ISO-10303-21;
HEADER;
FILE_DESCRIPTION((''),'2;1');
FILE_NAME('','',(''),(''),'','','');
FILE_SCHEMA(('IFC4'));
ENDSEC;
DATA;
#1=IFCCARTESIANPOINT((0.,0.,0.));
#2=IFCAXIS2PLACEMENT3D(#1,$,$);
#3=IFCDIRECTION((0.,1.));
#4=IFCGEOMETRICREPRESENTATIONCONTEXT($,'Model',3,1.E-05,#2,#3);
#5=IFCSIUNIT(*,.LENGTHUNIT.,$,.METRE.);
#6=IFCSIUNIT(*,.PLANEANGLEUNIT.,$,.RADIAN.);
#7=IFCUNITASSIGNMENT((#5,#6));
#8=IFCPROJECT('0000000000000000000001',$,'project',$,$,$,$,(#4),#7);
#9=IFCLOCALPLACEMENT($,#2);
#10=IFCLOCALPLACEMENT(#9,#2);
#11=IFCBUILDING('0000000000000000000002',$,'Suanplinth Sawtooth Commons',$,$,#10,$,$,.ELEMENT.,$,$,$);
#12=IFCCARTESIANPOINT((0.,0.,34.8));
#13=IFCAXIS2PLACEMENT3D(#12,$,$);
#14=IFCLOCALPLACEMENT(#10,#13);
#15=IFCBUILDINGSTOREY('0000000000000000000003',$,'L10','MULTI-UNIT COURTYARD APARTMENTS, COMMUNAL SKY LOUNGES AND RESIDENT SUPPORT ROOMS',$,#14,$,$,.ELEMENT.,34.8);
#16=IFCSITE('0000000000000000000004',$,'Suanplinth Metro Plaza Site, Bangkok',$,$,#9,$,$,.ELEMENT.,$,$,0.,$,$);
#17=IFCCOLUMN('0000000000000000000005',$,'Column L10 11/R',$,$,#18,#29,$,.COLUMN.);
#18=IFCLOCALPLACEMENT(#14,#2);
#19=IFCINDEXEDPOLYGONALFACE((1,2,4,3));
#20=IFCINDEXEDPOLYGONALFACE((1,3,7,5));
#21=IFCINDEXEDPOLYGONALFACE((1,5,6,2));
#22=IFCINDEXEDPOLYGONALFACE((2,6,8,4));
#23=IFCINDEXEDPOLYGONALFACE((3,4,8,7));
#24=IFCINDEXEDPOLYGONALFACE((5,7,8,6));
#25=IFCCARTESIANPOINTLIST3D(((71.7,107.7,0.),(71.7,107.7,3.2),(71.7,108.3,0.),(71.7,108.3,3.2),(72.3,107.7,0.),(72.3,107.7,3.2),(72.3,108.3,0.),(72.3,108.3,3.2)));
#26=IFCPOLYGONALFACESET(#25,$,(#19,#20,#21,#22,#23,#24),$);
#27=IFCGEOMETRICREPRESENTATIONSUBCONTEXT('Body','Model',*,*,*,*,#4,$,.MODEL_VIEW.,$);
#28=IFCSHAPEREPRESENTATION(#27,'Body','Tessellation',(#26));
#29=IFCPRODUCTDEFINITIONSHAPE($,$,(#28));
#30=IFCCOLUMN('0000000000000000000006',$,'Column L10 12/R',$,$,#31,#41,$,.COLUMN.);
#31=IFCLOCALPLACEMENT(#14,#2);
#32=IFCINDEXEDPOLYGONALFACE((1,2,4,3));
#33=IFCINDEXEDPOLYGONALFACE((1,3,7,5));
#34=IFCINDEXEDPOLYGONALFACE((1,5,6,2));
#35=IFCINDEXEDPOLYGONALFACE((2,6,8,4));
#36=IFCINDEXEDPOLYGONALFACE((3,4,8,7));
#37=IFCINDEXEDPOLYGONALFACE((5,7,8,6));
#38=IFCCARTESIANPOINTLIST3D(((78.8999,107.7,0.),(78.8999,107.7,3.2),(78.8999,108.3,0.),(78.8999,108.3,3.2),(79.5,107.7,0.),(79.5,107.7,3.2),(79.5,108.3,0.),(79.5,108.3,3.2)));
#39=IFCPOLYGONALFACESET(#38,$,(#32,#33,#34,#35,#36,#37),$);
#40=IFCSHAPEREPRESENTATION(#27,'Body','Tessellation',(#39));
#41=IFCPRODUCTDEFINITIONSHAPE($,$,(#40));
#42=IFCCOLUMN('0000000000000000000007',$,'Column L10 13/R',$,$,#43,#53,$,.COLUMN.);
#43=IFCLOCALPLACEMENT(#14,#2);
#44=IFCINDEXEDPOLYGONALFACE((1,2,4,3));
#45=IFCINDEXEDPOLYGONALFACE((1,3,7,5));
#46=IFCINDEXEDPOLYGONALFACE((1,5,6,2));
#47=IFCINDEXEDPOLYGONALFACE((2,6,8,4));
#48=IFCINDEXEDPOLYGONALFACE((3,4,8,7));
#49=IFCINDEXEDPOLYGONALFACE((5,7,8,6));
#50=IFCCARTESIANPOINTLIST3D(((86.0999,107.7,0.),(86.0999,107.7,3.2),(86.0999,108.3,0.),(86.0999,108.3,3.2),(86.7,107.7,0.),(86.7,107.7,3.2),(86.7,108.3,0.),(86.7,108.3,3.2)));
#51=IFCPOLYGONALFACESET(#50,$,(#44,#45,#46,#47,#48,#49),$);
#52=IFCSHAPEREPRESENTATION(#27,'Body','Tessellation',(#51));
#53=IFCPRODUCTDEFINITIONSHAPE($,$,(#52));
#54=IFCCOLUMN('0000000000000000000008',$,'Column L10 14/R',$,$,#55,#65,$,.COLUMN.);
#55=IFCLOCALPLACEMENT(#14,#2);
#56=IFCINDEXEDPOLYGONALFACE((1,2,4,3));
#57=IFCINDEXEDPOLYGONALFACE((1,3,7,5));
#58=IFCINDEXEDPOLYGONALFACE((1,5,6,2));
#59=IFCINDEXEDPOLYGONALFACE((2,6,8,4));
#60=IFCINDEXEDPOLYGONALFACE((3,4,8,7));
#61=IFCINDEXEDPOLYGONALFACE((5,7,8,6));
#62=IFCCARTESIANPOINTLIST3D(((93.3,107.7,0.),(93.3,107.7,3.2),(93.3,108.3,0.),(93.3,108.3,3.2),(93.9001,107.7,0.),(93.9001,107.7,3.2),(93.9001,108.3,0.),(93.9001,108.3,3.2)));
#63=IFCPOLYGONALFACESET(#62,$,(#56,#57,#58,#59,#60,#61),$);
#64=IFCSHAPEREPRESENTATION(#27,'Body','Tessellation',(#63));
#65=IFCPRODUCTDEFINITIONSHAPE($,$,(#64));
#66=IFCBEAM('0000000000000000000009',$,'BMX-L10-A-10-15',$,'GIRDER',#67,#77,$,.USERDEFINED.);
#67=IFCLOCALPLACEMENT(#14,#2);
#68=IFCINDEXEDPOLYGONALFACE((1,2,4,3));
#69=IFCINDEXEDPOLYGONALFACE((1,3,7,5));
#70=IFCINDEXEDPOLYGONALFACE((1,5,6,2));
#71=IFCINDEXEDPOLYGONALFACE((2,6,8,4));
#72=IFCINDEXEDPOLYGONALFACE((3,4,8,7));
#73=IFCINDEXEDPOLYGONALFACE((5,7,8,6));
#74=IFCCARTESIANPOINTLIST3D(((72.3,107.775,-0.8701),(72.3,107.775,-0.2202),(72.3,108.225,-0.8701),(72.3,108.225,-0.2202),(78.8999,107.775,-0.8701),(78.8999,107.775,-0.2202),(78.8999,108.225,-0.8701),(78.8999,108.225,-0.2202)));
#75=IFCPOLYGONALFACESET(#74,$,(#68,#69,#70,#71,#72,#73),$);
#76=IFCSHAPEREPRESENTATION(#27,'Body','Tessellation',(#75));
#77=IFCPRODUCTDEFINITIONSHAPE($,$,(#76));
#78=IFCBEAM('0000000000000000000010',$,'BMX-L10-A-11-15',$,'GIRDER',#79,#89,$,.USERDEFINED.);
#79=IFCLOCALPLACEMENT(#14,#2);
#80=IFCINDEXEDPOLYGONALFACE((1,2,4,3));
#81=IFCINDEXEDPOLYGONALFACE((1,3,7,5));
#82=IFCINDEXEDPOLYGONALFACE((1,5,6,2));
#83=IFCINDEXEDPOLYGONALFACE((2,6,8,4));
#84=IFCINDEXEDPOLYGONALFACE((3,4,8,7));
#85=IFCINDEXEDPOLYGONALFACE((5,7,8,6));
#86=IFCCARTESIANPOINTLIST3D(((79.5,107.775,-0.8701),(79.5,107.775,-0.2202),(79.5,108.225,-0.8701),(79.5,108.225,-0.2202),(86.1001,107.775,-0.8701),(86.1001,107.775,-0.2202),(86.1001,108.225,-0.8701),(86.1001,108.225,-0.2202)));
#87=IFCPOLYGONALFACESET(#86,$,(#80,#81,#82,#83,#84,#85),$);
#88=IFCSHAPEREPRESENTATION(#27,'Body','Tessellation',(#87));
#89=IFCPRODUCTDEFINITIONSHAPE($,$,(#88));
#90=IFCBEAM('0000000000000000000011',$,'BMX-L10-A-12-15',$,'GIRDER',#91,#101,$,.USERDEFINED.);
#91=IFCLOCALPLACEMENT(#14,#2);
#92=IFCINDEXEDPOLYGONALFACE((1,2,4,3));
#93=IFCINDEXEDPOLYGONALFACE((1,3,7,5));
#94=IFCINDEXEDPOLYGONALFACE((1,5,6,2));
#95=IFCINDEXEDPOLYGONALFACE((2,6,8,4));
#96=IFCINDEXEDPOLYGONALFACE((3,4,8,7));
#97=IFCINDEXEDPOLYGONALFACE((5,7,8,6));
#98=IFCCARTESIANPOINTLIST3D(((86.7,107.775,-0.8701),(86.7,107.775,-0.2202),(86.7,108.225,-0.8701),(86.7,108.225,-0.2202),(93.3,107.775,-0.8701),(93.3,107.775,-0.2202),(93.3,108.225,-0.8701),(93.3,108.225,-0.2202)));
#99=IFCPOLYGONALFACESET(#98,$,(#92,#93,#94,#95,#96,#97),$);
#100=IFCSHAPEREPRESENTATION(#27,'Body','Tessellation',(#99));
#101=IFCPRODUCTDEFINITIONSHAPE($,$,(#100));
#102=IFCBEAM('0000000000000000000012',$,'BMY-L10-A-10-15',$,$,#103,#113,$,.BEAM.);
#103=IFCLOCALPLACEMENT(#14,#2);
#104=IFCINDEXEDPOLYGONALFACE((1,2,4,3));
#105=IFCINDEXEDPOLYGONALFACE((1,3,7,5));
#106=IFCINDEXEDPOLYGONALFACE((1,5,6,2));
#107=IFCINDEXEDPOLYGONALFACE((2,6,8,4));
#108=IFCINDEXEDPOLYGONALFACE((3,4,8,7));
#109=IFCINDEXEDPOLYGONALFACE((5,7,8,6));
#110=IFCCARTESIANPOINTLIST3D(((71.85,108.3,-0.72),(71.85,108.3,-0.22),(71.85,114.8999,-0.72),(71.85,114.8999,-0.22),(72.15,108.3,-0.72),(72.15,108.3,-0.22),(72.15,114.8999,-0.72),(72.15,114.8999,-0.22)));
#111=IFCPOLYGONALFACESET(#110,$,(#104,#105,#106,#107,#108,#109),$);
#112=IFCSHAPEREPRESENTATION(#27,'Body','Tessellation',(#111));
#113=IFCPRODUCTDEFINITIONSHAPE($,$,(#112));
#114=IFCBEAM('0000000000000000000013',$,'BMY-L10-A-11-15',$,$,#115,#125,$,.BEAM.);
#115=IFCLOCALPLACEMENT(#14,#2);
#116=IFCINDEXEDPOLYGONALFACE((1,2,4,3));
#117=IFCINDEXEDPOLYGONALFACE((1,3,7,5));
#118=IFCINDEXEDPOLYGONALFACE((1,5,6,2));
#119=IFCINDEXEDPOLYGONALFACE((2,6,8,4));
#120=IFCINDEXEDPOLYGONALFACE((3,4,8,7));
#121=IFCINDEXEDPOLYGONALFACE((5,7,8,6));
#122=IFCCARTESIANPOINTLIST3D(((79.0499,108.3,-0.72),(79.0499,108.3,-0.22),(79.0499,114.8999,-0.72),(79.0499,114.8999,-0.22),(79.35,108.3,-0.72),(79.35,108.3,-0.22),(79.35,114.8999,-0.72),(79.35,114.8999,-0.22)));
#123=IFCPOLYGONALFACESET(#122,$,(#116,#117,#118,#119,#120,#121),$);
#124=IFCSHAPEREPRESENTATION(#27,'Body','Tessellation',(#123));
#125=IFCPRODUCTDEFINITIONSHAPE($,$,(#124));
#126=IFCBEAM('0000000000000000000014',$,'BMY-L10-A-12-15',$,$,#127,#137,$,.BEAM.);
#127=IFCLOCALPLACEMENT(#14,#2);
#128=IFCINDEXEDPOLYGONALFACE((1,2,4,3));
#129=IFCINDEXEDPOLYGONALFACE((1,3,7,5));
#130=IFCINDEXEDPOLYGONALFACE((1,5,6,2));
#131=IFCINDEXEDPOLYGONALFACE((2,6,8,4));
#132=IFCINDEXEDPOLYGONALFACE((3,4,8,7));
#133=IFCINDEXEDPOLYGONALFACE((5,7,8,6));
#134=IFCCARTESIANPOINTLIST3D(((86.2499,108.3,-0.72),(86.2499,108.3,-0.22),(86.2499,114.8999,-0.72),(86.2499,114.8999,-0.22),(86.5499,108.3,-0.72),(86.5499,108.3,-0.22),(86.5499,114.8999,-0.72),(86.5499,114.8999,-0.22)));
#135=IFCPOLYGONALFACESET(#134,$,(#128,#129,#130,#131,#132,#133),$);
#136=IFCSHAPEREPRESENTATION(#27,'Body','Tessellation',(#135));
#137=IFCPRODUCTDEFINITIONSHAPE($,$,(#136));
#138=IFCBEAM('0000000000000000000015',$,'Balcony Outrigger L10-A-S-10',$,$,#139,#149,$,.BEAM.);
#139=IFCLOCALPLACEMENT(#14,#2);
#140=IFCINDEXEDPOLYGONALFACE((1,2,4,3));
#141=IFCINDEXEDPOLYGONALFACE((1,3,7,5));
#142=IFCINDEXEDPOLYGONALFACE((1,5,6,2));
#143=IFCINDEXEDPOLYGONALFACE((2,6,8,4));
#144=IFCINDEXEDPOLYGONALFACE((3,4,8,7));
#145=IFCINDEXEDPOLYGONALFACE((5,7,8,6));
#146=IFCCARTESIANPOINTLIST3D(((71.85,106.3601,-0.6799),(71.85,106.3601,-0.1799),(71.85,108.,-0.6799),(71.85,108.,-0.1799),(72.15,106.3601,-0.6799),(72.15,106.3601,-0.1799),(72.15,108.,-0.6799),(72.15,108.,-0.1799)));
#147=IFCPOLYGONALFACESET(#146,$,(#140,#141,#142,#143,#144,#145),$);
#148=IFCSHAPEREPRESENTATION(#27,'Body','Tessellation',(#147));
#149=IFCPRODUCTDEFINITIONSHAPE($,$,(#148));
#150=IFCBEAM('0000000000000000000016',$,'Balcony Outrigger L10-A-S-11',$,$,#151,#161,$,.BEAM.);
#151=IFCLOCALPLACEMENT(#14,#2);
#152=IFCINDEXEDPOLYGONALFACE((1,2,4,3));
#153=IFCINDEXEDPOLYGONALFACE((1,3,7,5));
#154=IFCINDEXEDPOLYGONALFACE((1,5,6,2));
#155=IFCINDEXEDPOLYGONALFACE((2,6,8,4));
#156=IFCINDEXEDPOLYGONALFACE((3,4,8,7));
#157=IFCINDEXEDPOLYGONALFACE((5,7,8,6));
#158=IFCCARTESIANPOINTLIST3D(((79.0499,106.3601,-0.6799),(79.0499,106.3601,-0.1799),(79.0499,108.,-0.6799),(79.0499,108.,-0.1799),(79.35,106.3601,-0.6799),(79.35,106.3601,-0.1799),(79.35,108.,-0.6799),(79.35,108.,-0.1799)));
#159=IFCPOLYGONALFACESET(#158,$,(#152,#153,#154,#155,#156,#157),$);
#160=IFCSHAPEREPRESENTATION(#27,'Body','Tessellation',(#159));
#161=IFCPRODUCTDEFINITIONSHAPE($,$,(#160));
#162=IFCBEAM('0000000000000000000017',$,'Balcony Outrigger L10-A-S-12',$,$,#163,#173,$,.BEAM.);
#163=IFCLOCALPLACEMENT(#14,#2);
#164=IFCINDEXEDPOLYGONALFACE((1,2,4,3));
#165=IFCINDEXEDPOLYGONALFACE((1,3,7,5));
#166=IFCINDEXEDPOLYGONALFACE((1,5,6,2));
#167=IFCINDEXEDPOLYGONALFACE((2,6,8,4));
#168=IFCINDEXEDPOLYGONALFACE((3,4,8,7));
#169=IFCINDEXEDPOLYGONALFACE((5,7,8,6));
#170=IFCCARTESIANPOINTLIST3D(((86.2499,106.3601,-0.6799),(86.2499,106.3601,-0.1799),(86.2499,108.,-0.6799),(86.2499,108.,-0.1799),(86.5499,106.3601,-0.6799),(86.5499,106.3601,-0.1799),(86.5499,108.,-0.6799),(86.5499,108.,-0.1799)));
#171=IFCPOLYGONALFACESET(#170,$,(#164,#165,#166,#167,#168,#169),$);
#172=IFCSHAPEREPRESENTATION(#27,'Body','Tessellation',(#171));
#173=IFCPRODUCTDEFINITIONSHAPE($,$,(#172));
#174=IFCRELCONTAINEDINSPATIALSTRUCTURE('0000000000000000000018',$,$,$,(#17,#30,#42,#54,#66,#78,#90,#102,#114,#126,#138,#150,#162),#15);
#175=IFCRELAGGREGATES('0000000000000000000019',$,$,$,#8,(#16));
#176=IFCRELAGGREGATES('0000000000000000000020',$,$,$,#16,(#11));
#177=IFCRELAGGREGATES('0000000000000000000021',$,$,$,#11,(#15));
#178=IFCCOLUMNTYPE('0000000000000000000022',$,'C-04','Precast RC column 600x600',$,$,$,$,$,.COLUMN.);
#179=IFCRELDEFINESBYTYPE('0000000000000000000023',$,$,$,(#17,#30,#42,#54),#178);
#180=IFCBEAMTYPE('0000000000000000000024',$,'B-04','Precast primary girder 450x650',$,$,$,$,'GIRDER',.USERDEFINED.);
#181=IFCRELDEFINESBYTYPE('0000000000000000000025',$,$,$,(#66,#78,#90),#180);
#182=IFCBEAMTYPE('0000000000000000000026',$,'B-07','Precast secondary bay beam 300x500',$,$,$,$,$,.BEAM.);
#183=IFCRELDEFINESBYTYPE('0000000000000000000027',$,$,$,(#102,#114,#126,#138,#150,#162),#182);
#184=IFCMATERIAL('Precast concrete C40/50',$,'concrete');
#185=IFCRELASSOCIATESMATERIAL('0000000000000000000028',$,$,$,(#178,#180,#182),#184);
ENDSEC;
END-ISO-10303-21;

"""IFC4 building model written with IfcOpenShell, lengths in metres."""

from ifc_helpers import new_model, si_unit, direction, frame, origin, origin_2d, place, context, subcontext, project, spatial, rectangle, extrude, material, material_profile, profile_set, type_object, element, save


model = new_model("IFC4")

# Units and contexts
model_context = context("Model", 3, precision=1e-05, world=origin(), true_north=direction((0.0, 1.0)))
body_context = subcontext(model_context, "Body", "Model", "MODEL_VIEW")
ifc_project = project(units=[si_unit("LENGTHUNIT", "METRE"), si_unit("PLANEANGLEUNIT", "RADIAN")], contexts=[model_context])

# Site, building, storey
site_placement = place(None, origin())
site = spatial("IfcSite", under=ifc_project, at=site_placement, Name="Suanplinth Metro Plaza Site, Bangkok", CompositionType="ELEMENT", RefElevation=0.0)
building_placement = place(site_placement, origin())
building = spatial("IfcBuilding", under=site, at=building_placement, Name="Suanplinth Sawtooth Commons", CompositionType="ELEMENT")
storey_placement = place(building_placement, frame((0.0, 0.0, 34.8)))
storey = spatial("IfcBuildingStorey", under=building, at=storey_placement, Name="L10", Description="MULTI-UNIT COURTYARD APARTMENTS, COMMUNAL SKY LOUNGES AND RESIDENT SUPPORT ROOMS", CompositionType="ELEMENT", Elevation=34.8)

# Columns
ifc_material_1 = material(Name="Precast concrete C40/50", Category="concrete")
ifc_material_profile_1 = material_profile(ifc_material_1, rectangle(XDim=0.6001, YDim=0.6001, at=origin_2d()), Name="PC-COL 600x600")
ifc_profile_set_1 = profile_set([ifc_material_profile_1], Name="Precast concrete C40/50")
column_type = type_object("IfcColumnType", Name="C-04", Description="Precast RC column 600x600", PredefinedType="COLUMN", material=ifc_profile_set_1)
for number, where, z_axis, x_axis, name in (
    (1, (72.0, 108.0, 0.0), (0.0, 0.0, 1.0), (1.0, 0.0, 0.0), "Column L10 11/R"),
    (2, (79.2, 108.0, 0.0), (0.0, 0.0, 1.0), (1.0, 0.0, 0.0), "Column L10 12/R"),
    (3, (86.3999, 108.0, 0.0), (0.0, 0.0, 1.0), (1.0, 0.0, 0.0), "Column L10 13/R"),
    (4, (93.6001, 108.0, 0.0), (0.0, 0.0, 1.0), (1.0, 0.0, 0.0), "Column L10 14/R"),
):
    element("IfcColumn", number, at=place(storey_placement, frame(where, z_axis=z_axis, x_axis=x_axis)), inside=storey, type_object=column_type, Name=name, PredefinedType="COLUMN", context=body_context, shape_type="SweptSolid", body=[
        extrude(rectangle(XDim=0.6001, YDim=0.6001, at=origin_2d()), origin(), (0.0, 0.0, 1.0), 3.2),
    ])

# Beams
ifc_material_profile_2 = material_profile(ifc_material_1, rectangle(XDim=0.45, YDim=0.6499, at=origin_2d()), Name="PC-GDR 450x650")
ifc_profile_set_2 = profile_set([ifc_material_profile_2], Name="Precast concrete C40/50")
beam_type_1 = type_object("IfcBeamType", Name="B-04", Description="Precast primary girder 450x650", ElementType="GIRDER", PredefinedType="USERDEFINED", material=ifc_profile_set_2)
beam_placement = place(storey_placement, frame((72.3, 108.0, -0.5452), z_axis=(1.0, 0.0, 0.0), x_axis=(0.0, 1.0, 0.0)))
element("IfcBeam", 5, at=beam_placement, inside=storey, type_object=beam_type_1, Name="BMX-L10-A-10-15", ObjectType="GIRDER", PredefinedType="USERDEFINED", context=body_context, shape_type="SweptSolid", body=[
    extrude(rectangle(XDim=0.45, YDim=0.6499, at=origin_2d()), origin(), (0.0, 0.0, 1.0), 6.5999),
])
for number, where, z_axis, x_axis, name in (
    (6, (79.5, 108.0, -0.5452), (1.0, 0.0, 0.0), (0.0, 1.0, 0.0), "BMX-L10-A-11-15"),
    (7, (86.7, 108.0, -0.5452), (1.0, 0.0, 0.0), (0.0, 1.0, 0.0), "BMX-L10-A-12-15"),
):
    element("IfcBeam", number, at=place(storey_placement, frame(where, z_axis=z_axis, x_axis=x_axis)), inside=storey, type_object=beam_type_1, Name=name, ObjectType="GIRDER", PredefinedType="USERDEFINED", context=body_context, shape_type="SweptSolid", body=[
        extrude(rectangle(XDim=0.45, YDim=0.6499, at=origin_2d()), origin(), (0.0, 0.0, 1.0), 6.6001),
    ])
ifc_material_profile_3 = material_profile(ifc_material_1, rectangle(XDim=0.3, YDim=0.5, at=origin_2d()), Name="PC-BM 300x500")
ifc_profile_set_3 = profile_set([ifc_material_profile_3], Name="Precast concrete C40/50")
beam_type_2 = type_object("IfcBeamType", Name="B-07", Description="Precast secondary bay beam 300x500", PredefinedType="BEAM", material=ifc_profile_set_3)
for number, where, z_axis, x_axis, name in (
    (8, (72.0, 108.3, -0.47), (0.0, 1.0, 0.0), (-1.0, 0.0, 0.0), "BMY-L10-A-10-15"),
    (9, (79.2, 108.3, -0.47), (0.0, 1.0, 0.0), (-1.0, 0.0, 0.0), "BMY-L10-A-11-15"),
    (10, (86.3999, 108.3, -0.47), (0.0, 1.0, 0.0), (-1.0, 0.0, 0.0), "BMY-L10-A-12-15"),
):
    element("IfcBeam", number, at=place(storey_placement, frame(where, z_axis=z_axis, x_axis=x_axis)), inside=storey, type_object=beam_type_2, Name=name, PredefinedType="BEAM", context=body_context, shape_type="SweptSolid", body=[
        extrude(rectangle(XDim=0.3, YDim=0.5, at=origin_2d()), origin(), (0.0, 0.0, 1.0), 6.5999),
    ])
for number, where, z_axis, x_axis, name in (
    (11, (72.0, 108.0, -0.4299), (0.0, -1.0, 0.0), (1.0, 0.0, 0.0), "Balcony Outrigger L10-A-S-10"),
    (12, (79.2, 108.0, -0.4299), (0.0, -1.0, 0.0), (1.0, 0.0, 0.0), "Balcony Outrigger L10-A-S-11"),
    (13, (86.3999, 108.0, -0.4299), (0.0, -1.0, 0.0), (1.0, 0.0, 0.0), "Balcony Outrigger L10-A-S-12"),
):
    element("IfcBeam", number, at=place(storey_placement, frame(where, z_axis=z_axis, x_axis=x_axis)), inside=storey, type_object=beam_type_2, Name=name, PredefinedType="BEAM", context=body_context, shape_type="SweptSolid", body=[
        extrude(rectangle(XDim=0.3, YDim=0.5, at=origin_2d()), origin(), (0.0, 0.0, 1.0), 1.6399),
    ])

save(model, "model.ifc")
